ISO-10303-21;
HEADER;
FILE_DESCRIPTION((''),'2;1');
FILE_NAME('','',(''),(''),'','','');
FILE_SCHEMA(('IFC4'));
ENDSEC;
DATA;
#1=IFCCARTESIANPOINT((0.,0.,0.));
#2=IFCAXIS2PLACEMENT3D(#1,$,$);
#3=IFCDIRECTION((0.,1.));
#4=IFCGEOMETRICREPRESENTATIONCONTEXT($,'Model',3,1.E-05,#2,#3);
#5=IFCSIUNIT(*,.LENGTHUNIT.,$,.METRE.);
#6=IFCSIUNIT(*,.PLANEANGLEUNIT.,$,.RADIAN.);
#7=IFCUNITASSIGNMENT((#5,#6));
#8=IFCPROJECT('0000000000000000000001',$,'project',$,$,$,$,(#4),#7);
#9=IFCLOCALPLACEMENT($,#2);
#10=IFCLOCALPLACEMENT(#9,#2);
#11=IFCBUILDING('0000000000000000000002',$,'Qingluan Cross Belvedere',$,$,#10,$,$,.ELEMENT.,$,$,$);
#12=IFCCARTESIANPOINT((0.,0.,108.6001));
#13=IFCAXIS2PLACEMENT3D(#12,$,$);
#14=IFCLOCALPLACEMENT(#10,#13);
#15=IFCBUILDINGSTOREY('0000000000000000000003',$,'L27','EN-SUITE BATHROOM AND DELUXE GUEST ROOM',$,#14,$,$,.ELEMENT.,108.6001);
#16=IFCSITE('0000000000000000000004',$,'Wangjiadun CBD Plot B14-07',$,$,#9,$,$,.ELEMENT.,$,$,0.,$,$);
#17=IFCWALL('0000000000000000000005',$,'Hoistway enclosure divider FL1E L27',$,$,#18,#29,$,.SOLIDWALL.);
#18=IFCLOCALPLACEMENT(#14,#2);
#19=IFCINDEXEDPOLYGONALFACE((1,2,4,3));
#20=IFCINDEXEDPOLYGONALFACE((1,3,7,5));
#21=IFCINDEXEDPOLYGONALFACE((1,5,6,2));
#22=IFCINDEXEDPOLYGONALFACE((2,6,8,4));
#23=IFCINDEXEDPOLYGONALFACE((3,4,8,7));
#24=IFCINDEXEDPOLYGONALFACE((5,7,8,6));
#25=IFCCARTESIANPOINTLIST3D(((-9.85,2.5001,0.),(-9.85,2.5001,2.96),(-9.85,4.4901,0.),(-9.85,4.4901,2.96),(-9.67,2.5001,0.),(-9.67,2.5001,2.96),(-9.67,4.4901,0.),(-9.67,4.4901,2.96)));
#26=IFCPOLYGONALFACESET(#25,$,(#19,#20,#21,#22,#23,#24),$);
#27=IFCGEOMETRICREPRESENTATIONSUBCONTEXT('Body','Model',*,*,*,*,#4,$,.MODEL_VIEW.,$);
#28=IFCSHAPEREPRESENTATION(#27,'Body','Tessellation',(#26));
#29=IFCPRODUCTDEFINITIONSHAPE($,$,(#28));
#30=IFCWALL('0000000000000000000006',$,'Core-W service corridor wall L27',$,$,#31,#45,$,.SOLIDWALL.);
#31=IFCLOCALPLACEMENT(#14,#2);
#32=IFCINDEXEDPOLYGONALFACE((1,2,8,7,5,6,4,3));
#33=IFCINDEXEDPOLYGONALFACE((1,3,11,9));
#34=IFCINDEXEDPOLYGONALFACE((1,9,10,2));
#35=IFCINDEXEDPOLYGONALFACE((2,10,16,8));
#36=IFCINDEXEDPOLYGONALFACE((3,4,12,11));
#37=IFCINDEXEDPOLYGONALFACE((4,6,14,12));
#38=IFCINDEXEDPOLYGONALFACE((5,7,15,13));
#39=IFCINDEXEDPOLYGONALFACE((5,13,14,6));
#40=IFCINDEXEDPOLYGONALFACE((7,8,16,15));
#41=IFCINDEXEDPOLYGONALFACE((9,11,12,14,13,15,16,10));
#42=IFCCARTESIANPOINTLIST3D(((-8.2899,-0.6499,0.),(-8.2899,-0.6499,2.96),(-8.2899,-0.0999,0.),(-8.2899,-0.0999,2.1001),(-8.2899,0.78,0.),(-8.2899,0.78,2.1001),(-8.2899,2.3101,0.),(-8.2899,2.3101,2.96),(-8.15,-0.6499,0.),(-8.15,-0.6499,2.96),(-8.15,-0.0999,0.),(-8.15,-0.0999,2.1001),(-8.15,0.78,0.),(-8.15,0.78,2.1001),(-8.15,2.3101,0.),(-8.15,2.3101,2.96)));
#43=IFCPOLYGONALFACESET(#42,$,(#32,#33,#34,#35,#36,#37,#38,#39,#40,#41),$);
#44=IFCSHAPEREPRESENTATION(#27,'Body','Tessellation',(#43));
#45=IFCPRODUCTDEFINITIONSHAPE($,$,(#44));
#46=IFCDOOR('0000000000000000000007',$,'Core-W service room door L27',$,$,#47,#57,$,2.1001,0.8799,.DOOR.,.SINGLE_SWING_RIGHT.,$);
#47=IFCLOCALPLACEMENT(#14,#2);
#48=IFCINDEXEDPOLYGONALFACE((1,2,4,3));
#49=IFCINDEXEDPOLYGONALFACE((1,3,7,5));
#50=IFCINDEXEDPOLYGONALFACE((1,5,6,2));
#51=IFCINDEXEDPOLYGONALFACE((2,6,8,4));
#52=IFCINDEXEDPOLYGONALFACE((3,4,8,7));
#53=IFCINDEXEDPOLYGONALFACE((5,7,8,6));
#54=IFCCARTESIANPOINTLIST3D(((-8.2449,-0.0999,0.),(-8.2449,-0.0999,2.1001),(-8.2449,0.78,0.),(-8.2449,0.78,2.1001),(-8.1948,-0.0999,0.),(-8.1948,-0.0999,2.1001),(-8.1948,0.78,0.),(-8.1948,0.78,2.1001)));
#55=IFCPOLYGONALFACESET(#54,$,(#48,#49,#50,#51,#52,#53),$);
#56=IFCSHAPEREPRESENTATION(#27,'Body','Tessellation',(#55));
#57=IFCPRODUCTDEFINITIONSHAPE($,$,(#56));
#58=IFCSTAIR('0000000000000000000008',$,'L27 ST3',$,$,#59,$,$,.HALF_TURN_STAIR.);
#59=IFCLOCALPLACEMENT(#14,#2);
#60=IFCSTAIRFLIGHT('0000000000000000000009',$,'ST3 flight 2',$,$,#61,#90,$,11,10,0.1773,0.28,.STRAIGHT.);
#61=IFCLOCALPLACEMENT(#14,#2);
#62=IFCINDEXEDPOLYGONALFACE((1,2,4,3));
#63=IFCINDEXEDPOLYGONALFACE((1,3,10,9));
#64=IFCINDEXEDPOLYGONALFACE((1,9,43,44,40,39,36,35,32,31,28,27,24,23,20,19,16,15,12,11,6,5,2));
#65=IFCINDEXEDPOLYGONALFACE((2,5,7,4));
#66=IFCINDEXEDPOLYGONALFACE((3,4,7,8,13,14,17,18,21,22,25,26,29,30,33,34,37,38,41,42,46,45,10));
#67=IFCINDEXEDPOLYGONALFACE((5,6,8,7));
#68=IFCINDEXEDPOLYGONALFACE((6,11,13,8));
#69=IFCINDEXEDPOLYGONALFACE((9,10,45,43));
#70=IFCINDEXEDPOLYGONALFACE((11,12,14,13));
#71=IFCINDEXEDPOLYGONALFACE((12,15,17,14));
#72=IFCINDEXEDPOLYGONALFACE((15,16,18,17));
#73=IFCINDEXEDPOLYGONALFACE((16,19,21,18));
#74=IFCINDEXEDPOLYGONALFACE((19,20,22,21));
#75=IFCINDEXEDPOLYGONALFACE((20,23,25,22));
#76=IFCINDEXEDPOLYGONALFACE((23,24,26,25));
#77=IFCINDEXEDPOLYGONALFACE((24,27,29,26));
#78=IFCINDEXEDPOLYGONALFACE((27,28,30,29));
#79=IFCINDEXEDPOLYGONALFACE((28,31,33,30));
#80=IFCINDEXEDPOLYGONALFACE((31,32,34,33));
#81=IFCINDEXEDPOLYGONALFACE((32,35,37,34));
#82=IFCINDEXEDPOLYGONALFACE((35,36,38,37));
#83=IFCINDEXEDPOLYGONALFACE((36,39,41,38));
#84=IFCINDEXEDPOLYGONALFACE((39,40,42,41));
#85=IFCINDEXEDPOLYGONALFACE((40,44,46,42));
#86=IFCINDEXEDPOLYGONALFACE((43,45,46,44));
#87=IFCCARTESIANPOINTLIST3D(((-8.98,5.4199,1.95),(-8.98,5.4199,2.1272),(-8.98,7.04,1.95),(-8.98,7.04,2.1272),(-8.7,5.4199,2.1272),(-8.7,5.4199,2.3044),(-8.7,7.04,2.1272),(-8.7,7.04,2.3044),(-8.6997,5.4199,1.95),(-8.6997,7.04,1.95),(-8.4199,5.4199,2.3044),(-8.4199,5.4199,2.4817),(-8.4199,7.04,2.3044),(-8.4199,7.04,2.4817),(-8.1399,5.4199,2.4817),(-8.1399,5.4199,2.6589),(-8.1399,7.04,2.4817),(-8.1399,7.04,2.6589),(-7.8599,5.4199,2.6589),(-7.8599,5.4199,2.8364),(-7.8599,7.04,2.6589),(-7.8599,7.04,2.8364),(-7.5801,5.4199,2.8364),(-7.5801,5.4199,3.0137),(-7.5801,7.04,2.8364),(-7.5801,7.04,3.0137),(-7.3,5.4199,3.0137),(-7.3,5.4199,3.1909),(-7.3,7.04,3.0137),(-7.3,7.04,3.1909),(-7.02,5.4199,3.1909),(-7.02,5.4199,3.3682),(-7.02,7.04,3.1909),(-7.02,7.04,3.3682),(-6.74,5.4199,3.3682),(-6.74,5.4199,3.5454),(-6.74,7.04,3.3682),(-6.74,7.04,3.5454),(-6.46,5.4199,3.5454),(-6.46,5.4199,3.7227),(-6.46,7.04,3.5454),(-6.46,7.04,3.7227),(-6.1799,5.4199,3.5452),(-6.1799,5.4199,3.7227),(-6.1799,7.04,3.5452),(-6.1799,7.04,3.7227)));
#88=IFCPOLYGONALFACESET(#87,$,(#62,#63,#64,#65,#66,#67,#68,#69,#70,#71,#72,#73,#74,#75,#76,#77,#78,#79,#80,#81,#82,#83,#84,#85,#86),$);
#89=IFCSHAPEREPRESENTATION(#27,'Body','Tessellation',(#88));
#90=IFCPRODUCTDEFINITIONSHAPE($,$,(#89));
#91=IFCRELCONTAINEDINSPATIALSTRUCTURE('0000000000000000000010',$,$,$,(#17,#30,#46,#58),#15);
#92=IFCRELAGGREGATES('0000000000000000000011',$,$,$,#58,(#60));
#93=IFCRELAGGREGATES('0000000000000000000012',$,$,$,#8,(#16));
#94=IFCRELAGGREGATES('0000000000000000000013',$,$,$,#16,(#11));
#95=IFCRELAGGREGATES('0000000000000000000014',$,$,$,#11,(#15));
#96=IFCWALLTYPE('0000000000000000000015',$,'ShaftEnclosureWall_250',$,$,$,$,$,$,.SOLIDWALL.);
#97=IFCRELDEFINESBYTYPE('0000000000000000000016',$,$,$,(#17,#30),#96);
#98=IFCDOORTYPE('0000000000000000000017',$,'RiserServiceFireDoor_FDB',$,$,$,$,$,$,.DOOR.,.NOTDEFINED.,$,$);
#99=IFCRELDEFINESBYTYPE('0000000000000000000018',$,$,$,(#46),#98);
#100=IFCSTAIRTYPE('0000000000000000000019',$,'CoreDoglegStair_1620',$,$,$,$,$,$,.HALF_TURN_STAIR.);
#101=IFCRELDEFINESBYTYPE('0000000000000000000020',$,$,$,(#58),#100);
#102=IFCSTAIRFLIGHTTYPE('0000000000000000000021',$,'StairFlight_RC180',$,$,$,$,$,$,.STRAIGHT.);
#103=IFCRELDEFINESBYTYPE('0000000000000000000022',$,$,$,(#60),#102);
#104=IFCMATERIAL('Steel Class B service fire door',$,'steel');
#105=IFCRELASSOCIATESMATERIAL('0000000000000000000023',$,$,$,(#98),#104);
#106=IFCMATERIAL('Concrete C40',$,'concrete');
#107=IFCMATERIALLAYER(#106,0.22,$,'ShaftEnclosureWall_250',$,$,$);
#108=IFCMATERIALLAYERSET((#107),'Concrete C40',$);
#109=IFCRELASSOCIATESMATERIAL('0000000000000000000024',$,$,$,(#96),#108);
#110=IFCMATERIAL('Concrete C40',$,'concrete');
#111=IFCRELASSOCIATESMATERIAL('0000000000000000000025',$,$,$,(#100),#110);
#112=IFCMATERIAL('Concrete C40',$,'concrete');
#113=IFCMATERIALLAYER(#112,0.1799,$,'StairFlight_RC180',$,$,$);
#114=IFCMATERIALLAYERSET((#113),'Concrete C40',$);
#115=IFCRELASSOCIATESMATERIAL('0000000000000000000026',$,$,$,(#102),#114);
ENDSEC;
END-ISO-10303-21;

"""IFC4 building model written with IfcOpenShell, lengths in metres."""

from ifc_helpers import new_model, si_unit, direction, frame, frame_2d, origin, place, context, subcontext, project, spatial, polyline, rectangle, outline, extrude, material, layer, layer_set, type_object, element, fill, aggregate, save


model = new_model("IFC4")

# Units and contexts
model_context = context("Model", 3, precision=1e-05, world=origin(), true_north=direction((0.0, 1.0)))
body_context = subcontext(model_context, "Body", "Model", "MODEL_VIEW")
ifc_project = project(units=[si_unit("LENGTHUNIT", "METRE"), si_unit("PLANEANGLEUNIT", "RADIAN")], contexts=[model_context])

# Site, building, storey
site_placement = place(None, origin())
site = spatial("IfcSite", under=ifc_project, at=site_placement, Name="Wangjiadun CBD Plot B14-07", CompositionType="ELEMENT", RefElevation=0.0)
building_placement = place(site_placement, origin())
building = spatial("IfcBuilding", under=site, at=building_placement, Name="Qingluan Cross Belvedere", CompositionType="ELEMENT")
storey_placement = place(building_placement, frame((0.0, 0.0, 108.6001)))
storey = spatial("IfcBuildingStorey", under=building, at=storey_placement, Name="L27", Description="EN-SUITE BATHROOM AND DELUXE GUEST ROOM", CompositionType="ELEMENT", Elevation=108.6001)

# Shared definitions
ifc_material_1 = material(Name="Steel Class B service fire door", Category="steel")
door_type_1 = type_object("IfcDoorType", Name="RiserServiceFireDoor_FDB", OperationType="NOTDEFINED", PredefinedType="DOOR", material=ifc_material_1)

# Shared definitions
ifc_material_2 = material(Name="Concrete C40", Category="concrete")
ifc_layer_1 = layer(ifc_material_2, 0.22, Name="ShaftEnclosureWall_250")
ifc_layer_set_1 = layer_set([ifc_layer_1], Name="Concrete C40")
wall_type_1 = type_object("IfcWallType", Name="ShaftEnclosureWall_250", PredefinedType="SOLIDWALL", material=ifc_layer_set_1)

# Wall
wall_1_placement = place(storey_placement, frame((-9.76, 2.5, 0.0), z_axis=(0.0, 0.0, 1.0), x_axis=(0.0, 1.0, 0.0)))
element("IfcWall", 1, at=wall_1_placement, inside=storey, type_object=wall_type_1, Name="Hoistway enclosure divider FL1E L27", PredefinedType="SOLIDWALL", context=body_context, shape_type="SweptSolid", body=[
    extrude(rectangle(XDim=1.99, YDim=0.1799, at=frame_2d((0.9951, 0.0))), origin(), (0.0, 0.0, 1.0), 2.96),
])

# Wall, opening, door
wall_2_placement = place(storey_placement, frame((-8.22, -0.6499, 0.0), z_axis=(0.0, 0.0, 1.0), x_axis=(0.0, 1.0, 0.0)))
wall_2 = element("IfcWall", 2, at=wall_2_placement, inside=storey, type_object=wall_type_1, Name="Core-W service corridor wall L27", PredefinedType="SOLIDWALL", context=body_context, shape_type="SweptSolid", body=[
    extrude(rectangle(XDim=2.96, YDim=0.1399, at=frame_2d((1.48, 0.0))), origin(), (0.0, 0.0, 1.0), 2.96),
])
opening_1_placement = place(wall_2_placement, frame((0.55, 0.0, 0.0)))
opening_1 = element("IfcOpeningElement", 3, at=opening_1_placement, cuts=wall_2, PredefinedType="OPENING", context=body_context, shape_type="SweptSolid", body=[
    extrude(rectangle(XDim=0.8799, YDim=2.1001, at=frame_2d((0.4399, 1.05))), frame((0.0, 0.0798, 0.0), z_axis=(0.0, -1.0, 0.0), x_axis=(1.0, 0.0, 0.0)), (0.0, 0.0, 1.0), 0.1599),
])
door_1_placement = place(opening_1_placement, origin())
door_1 = element("IfcDoor", 4, at=door_1_placement, inside=storey, type_object=door_type_1, Name="Core-W service room door L27", OperationType="SINGLE_SWING_RIGHT", OverallHeight=2.1001, OverallWidth=0.8799, PredefinedType="DOOR", context=body_context, shape_type="SweptSolid", body=[
    extrude(rectangle(XDim=0.8799, YDim=2.1001, at=frame_2d((0.4399, 1.05))), frame((0.0, 0.0249, 0.0), z_axis=(0.0, -1.0, 0.0), x_axis=(1.0, 0.0, 0.0)), (0.0, 0.0, 1.0), 0.05),
])
fill(opening_1, door_1)

# Stair, stair flight
ifc_material_3 = material(Name="Concrete C40", Category="concrete")
stair_type = type_object("IfcStairType", Name="CoreDoglegStair_1620", PredefinedType="HALF_TURN_STAIR", material=ifc_material_3)
stair_placement = place(storey_placement, origin())
stair = element("IfcStair", 5, at=stair_placement, inside=storey, type_object=stair_type, Name="L27 ST3", PredefinedType="HALF_TURN_STAIR")
ifc_material_4 = material(Name="Concrete C40", Category="concrete")
ifc_layer_2 = layer(ifc_material_4, 0.1799, Name="StairFlight_RC180")
ifc_layer_set_2 = layer_set([ifc_layer_2], Name="Concrete C40")
stair_flight_type = type_object("IfcStairFlightType", Name="StairFlight_RC180", PredefinedType="STRAIGHT", material=ifc_layer_set_2)
stair_flight_placement = place(storey_placement, frame((-8.98, 6.23, 1.95), z_axis=(0.0, 0.0, 1.0), x_axis=(1.0, 0.0, 0.0)))
stair_flight = element("IfcStairFlight", 6, at=stair_flight_placement, type_object=stair_flight_type, Name="ST3 flight 2", NumberOfRisers=11, NumberOfTreads=10, PredefinedType="STRAIGHT", RiserHeight=0.1773, TreadLength=0.28, context=body_context, shape_type="SweptSolid", body=[
    extrude(outline(polyline([(0.0, 0.0), (0.0, 0.1772), (0.28, 0.1772), (0.28, 0.3545), (0.5601, 0.3545), (0.5601, 0.5317), (0.8401, 0.5317), (0.8401, 0.709), (1.1201, 0.709), (1.1201, 0.8865), (1.3999, 0.8865), (1.3999, 1.0637), (1.6799, 1.0637), (1.6799, 1.241), (1.96, 1.241), (1.96, 1.4182), (2.24, 1.4182), (2.24, 1.5955), (2.52, 1.5955), (2.52, 1.7727), (2.8, 1.7727), (2.8, 1.95), (2.8, 1.5952), (0.2803, 0.0), (0.0, 0.0)])), frame((0.0, 0.8101, 0.0), z_axis=(0.0, -1.0, 0.0), x_axis=(1.0, 0.0, 0.0)), (0.0, 0.0, 1.0), 1.6201),
])
aggregate(stair, [stair_flight])

save(model, "model.ifc")
